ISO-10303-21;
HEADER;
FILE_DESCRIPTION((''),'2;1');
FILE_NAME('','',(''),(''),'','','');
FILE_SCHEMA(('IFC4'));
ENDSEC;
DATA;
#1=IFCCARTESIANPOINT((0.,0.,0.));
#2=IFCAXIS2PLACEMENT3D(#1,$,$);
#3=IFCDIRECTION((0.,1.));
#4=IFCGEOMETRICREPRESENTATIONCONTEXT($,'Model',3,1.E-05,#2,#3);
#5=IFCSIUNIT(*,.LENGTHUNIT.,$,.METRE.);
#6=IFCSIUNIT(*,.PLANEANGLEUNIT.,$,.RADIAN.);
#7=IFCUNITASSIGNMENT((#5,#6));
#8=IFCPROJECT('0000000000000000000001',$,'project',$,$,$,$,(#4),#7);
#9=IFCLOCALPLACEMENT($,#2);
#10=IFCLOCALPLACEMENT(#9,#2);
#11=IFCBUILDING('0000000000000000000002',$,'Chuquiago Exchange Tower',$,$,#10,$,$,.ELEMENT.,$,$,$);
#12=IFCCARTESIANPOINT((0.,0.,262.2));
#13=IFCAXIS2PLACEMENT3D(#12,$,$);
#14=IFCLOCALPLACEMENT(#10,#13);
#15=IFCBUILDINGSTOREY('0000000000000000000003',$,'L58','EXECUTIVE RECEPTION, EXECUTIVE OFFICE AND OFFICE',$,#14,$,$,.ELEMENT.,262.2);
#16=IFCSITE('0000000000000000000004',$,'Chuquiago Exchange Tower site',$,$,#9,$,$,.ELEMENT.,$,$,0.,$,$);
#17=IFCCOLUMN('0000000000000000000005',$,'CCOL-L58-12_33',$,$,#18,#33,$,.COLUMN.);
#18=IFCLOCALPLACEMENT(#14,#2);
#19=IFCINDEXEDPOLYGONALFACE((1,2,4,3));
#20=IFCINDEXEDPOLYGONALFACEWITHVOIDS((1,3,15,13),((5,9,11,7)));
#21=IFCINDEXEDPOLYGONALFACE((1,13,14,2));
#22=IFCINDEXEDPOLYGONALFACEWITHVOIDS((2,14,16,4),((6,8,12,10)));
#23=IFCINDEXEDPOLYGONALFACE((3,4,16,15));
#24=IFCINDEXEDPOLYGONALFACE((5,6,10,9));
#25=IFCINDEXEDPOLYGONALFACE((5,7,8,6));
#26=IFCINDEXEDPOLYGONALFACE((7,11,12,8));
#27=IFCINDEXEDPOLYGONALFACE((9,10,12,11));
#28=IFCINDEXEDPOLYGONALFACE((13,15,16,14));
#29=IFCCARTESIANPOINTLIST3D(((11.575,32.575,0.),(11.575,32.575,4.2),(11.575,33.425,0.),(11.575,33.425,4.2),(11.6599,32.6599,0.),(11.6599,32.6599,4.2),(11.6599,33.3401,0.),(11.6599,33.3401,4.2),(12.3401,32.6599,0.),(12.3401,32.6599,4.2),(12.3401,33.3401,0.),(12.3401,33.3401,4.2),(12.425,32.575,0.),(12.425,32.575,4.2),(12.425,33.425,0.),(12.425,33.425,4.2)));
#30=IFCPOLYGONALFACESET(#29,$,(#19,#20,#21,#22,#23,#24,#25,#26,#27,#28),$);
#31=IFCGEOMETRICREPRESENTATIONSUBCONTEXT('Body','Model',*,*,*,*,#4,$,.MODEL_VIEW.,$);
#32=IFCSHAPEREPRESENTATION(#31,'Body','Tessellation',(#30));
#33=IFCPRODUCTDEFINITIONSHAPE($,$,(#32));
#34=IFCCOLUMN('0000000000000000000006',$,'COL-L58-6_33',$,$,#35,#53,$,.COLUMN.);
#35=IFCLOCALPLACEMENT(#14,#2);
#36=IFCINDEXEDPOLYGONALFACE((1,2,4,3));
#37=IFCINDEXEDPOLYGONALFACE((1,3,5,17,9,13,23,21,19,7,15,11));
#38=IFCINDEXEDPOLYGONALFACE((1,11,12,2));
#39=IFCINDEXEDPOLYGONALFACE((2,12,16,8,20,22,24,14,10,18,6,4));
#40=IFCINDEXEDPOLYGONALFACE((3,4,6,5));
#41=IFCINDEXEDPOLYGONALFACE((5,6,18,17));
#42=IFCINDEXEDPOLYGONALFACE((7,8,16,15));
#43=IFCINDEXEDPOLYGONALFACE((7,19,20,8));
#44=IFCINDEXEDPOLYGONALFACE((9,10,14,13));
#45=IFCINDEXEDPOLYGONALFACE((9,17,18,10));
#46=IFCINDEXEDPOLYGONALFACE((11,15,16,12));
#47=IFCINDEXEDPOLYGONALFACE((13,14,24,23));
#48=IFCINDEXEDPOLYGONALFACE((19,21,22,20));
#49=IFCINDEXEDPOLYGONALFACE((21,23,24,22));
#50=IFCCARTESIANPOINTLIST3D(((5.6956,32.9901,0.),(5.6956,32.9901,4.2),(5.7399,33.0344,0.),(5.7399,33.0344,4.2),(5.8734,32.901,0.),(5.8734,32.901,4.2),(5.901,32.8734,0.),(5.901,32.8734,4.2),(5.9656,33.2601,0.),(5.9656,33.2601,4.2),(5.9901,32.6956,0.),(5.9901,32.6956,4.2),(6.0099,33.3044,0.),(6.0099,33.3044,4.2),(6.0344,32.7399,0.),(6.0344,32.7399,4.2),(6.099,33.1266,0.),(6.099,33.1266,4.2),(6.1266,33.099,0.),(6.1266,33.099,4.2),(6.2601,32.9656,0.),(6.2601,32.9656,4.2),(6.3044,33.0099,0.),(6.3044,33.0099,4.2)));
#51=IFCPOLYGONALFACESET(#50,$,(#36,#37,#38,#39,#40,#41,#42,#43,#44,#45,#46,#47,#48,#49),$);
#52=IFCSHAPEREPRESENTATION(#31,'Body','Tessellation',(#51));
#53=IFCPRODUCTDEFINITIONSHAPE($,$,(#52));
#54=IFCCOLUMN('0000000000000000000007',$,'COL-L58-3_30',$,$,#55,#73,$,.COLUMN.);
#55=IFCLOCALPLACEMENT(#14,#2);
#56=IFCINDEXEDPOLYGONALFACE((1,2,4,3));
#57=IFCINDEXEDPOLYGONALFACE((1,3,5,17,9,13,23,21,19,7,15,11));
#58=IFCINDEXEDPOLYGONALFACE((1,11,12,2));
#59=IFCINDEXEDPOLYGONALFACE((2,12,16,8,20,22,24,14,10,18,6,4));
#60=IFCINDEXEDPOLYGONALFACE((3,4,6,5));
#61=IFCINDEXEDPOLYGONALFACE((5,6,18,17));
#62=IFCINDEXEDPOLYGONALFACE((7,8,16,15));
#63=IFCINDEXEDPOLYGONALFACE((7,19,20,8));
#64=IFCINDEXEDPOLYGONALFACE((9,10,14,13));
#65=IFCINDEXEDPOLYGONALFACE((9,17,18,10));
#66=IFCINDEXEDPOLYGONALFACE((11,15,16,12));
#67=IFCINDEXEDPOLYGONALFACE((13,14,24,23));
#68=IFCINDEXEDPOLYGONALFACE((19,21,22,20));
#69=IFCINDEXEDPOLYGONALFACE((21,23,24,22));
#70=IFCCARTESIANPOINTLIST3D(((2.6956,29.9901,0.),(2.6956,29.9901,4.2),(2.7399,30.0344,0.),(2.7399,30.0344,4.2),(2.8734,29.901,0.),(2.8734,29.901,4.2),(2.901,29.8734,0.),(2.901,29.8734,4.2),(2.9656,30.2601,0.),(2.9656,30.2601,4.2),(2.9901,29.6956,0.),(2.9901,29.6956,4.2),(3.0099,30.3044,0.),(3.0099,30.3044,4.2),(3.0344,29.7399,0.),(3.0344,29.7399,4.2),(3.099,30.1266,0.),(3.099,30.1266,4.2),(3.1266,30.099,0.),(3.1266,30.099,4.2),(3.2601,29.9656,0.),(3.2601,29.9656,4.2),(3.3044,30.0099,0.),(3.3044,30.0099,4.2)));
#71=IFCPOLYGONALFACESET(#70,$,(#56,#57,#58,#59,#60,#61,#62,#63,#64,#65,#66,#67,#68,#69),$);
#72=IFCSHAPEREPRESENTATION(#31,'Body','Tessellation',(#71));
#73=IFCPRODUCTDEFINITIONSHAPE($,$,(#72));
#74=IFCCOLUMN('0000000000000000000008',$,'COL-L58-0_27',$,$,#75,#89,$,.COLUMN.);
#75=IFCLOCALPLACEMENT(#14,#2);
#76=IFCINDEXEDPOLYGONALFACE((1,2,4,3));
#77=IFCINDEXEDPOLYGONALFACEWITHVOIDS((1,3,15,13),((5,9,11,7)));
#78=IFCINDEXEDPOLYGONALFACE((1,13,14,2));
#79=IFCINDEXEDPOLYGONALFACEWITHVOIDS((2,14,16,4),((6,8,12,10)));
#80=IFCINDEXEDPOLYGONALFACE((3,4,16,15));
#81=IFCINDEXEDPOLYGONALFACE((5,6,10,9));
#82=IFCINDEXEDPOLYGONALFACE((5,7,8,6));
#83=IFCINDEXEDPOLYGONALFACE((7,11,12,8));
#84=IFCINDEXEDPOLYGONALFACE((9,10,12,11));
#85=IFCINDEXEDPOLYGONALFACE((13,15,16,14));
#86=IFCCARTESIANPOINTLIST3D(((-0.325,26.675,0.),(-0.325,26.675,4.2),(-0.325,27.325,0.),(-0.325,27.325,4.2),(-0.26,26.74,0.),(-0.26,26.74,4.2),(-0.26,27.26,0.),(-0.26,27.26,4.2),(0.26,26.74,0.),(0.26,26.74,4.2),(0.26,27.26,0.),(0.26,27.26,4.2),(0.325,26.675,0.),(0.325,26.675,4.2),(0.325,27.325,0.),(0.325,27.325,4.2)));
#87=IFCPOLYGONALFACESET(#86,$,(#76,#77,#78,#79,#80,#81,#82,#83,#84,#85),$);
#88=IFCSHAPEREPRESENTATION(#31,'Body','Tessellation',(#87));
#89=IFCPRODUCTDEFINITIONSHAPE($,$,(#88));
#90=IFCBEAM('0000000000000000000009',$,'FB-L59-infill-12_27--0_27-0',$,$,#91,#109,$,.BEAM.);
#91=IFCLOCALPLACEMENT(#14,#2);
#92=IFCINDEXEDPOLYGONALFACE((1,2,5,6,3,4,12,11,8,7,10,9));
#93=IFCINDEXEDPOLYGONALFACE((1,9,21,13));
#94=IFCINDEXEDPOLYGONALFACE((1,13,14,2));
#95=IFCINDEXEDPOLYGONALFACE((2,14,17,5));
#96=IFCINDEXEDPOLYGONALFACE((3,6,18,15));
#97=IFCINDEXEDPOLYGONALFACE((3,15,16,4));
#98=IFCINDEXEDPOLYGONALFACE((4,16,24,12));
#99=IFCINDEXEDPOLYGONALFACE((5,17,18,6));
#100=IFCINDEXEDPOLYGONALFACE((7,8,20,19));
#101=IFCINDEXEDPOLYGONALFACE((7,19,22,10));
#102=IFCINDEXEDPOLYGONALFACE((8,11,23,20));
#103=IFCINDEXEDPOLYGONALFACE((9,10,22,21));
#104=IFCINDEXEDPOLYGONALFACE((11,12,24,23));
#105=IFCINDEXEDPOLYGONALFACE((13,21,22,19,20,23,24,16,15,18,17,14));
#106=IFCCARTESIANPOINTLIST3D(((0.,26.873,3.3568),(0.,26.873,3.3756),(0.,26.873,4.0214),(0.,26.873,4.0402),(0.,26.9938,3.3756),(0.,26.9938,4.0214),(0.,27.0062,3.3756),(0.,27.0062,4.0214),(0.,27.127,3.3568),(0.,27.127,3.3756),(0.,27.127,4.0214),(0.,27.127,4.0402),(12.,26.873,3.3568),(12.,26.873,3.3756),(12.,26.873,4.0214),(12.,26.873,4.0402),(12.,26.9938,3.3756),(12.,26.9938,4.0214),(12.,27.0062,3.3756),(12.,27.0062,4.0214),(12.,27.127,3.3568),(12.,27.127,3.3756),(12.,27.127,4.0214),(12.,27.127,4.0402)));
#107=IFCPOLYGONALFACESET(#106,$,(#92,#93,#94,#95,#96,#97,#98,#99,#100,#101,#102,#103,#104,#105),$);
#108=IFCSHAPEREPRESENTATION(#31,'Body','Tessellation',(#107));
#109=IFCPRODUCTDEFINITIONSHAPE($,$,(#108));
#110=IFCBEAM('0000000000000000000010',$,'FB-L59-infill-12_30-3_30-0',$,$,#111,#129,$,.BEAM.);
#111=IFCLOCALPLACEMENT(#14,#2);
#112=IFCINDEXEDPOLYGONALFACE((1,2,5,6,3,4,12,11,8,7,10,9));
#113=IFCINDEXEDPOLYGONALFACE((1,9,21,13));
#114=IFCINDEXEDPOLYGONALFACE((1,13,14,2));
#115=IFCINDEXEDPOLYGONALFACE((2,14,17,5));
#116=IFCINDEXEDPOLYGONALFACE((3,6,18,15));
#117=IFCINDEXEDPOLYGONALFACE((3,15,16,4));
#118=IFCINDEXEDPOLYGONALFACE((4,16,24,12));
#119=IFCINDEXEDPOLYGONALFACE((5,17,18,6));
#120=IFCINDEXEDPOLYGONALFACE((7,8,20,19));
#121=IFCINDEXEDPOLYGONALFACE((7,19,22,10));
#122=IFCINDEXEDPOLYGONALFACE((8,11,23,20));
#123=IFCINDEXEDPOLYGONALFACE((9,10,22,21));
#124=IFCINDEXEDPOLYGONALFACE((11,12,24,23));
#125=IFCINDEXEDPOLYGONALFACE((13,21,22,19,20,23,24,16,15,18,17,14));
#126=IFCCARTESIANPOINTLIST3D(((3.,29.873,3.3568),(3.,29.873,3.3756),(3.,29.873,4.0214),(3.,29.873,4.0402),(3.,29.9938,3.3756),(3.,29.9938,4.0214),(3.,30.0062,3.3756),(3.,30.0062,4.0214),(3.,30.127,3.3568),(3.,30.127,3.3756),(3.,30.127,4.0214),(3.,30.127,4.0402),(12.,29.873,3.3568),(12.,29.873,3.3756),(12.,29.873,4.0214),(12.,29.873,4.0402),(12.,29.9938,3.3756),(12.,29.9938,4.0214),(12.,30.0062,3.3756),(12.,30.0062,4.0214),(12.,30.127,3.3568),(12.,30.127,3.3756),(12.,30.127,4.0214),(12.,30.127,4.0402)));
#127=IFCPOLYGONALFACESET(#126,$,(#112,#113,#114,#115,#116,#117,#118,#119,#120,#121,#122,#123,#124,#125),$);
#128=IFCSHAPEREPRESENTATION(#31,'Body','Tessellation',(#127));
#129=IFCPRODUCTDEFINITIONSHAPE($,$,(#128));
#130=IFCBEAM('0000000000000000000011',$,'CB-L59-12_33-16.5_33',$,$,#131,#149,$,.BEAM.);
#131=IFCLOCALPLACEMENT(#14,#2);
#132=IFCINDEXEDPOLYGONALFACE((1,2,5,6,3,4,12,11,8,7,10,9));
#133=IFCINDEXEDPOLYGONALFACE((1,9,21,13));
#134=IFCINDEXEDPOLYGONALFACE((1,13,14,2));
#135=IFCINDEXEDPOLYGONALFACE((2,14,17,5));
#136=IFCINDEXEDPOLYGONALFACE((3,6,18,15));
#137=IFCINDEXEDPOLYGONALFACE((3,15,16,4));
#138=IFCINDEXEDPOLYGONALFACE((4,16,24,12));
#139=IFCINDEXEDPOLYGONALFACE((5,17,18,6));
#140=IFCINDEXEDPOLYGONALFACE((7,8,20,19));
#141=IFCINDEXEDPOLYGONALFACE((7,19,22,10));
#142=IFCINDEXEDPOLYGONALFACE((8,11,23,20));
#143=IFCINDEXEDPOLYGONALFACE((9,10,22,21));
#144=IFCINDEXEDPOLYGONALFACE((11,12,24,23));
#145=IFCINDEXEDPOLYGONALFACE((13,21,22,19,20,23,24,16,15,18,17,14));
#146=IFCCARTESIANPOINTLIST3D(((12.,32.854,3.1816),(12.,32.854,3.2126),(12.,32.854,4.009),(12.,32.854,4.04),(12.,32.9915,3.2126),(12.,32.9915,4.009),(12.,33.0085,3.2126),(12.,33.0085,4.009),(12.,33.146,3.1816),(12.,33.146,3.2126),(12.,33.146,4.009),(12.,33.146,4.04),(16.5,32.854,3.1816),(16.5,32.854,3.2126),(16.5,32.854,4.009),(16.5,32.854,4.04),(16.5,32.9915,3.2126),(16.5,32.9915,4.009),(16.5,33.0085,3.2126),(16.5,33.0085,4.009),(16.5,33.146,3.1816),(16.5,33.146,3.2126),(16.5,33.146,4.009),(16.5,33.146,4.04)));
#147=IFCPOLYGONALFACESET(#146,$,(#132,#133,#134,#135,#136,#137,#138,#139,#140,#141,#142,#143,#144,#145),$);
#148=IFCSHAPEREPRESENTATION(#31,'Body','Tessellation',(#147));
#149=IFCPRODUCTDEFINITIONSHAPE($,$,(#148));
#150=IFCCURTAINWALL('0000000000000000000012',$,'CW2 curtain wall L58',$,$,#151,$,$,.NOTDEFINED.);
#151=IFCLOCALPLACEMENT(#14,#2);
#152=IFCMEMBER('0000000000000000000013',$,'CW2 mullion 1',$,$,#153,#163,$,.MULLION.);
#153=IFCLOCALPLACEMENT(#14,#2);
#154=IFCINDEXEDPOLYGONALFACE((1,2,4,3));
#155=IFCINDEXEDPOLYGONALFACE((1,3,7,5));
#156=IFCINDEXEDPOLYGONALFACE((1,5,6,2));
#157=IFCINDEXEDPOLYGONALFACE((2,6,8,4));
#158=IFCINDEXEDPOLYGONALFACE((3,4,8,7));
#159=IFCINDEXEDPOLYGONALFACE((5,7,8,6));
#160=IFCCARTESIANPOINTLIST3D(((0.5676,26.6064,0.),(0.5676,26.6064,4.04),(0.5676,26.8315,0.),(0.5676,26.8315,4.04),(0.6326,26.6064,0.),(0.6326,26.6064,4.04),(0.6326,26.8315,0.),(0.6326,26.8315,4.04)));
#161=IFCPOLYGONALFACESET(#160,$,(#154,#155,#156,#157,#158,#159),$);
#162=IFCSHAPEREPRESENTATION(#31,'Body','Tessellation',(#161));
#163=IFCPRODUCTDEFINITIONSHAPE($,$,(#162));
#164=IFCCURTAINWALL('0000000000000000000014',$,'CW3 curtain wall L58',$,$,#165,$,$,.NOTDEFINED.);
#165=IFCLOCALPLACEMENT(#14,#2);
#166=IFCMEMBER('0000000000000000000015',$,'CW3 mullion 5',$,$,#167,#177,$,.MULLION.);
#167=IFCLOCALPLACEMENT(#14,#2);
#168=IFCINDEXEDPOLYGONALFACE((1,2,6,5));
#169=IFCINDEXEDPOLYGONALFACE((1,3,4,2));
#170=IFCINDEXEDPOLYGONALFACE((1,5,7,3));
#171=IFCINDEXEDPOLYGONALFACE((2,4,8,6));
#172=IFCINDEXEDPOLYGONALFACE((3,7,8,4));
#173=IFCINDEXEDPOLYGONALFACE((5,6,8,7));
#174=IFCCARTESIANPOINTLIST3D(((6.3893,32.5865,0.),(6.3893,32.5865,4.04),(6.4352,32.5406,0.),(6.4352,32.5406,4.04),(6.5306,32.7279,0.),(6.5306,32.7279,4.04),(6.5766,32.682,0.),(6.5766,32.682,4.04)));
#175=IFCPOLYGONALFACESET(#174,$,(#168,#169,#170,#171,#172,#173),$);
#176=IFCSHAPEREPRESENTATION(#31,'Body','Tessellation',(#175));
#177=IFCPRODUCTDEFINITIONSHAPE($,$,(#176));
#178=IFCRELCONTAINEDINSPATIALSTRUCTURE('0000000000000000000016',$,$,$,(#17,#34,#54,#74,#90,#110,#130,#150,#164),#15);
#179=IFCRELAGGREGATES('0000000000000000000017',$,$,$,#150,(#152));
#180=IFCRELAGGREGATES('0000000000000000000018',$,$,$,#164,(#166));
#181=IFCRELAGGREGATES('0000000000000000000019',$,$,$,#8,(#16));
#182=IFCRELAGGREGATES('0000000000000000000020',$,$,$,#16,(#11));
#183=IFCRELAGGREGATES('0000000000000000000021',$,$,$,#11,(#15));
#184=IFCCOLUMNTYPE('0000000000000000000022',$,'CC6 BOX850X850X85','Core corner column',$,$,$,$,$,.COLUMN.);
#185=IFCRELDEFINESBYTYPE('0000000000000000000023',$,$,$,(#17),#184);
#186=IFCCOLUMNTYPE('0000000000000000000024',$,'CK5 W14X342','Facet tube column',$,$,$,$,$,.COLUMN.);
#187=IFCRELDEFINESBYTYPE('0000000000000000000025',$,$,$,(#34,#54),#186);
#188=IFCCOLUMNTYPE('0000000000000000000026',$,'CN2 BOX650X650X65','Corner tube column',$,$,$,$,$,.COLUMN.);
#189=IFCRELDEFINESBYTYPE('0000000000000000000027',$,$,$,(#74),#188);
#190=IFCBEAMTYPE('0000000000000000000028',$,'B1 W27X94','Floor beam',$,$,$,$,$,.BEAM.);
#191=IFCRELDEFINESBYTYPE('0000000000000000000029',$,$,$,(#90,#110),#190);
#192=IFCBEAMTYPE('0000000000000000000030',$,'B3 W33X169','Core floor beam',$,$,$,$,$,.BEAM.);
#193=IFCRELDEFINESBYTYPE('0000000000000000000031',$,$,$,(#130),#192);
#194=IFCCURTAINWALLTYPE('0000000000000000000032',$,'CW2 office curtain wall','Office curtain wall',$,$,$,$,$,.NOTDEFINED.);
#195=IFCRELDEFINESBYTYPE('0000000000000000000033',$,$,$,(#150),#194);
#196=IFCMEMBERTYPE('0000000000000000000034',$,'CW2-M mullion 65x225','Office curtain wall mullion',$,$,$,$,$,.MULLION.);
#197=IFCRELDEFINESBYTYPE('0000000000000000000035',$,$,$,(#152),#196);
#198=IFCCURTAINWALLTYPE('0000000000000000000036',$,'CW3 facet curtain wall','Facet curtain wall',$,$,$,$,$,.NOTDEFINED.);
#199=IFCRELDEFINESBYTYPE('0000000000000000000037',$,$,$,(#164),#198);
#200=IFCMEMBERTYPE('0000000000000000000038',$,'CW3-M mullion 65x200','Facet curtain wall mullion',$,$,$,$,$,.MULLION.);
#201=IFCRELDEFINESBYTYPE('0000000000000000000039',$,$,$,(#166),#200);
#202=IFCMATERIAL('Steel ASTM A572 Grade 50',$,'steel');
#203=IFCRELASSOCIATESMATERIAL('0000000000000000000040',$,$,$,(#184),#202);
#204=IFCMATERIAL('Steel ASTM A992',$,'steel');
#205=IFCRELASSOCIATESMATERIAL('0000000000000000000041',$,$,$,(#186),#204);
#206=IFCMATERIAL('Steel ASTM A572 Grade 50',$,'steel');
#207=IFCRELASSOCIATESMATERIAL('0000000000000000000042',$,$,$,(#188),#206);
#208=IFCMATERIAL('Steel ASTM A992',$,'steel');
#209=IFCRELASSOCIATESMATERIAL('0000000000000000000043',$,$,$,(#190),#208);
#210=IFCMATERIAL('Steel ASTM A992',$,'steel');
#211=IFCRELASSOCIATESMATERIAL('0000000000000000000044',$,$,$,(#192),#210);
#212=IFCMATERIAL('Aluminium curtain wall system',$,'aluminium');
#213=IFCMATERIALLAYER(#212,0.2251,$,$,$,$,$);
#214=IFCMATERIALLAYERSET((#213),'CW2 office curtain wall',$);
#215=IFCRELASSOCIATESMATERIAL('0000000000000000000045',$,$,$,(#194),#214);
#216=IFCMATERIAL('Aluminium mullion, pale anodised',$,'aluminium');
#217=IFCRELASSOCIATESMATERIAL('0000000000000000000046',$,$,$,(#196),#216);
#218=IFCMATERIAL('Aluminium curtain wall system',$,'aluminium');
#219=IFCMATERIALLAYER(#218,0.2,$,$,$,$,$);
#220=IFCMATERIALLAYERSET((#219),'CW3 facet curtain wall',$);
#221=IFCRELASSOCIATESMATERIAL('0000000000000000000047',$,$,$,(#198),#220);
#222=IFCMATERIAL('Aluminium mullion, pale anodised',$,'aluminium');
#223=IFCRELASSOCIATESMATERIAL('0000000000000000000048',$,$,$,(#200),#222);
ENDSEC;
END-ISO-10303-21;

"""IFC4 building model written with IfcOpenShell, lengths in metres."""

from ifc_helpers import new_model, si_unit, direction, frame, origin, origin_2d, place, context, subcontext, project, spatial, rectangle, hollow_rectangle, i_section, extrude, material, layer, layer_set, material_profile, profile_set, type_object, element, aggregate, save


model = new_model("IFC4")

# Units and contexts
model_context = context("Model", 3, precision=1e-05, world=origin(), true_north=direction((0.0, 1.0)))
body_context = subcontext(model_context, "Body", "Model", "MODEL_VIEW")
ifc_project = project(units=[si_unit("LENGTHUNIT", "METRE"), si_unit("PLANEANGLEUNIT", "RADIAN")], contexts=[model_context])

# Site, building, storey
site_placement = place(None, origin())
site = spatial("IfcSite", under=ifc_project, at=site_placement, Name="Chuquiago Exchange Tower site", CompositionType="ELEMENT", RefElevation=0.0)
building_placement = place(site_placement, origin())
building = spatial("IfcBuilding", under=site, at=building_placement, Name="Chuquiago Exchange Tower", CompositionType="ELEMENT")
storey_placement = place(building_placement, frame((0.0, 0.0, 262.2)))
storey = spatial("IfcBuildingStorey", under=building, at=storey_placement, Name="L58", Description="EXECUTIVE RECEPTION, EXECUTIVE OFFICE AND OFFICE", CompositionType="ELEMENT", Elevation=262.2)

# Columns
ifc_material_1 = material(Name="Steel ASTM A572 Grade 50", Category="steel")
ifc_material_profile_1 = material_profile(ifc_material_1, hollow_rectangle(XDim=0.8501, YDim=0.8501, WallThickness=0.085, at=origin_2d()), Name="BOX850X850X85")
ifc_profile_set_1 = profile_set([ifc_material_profile_1], Name="Steel ASTM A572 Grade 50")
column_type_1 = type_object("IfcColumnType", Name="CC6 BOX850X850X85", Description="Core corner column", PredefinedType="COLUMN", material=ifc_profile_set_1)
column_1_placement = place(storey_placement, frame((12.0, 33.0, 0.0), z_axis=(0.0, 0.0, 1.0), x_axis=(1.0, 0.0, 0.0)))
element("IfcColumn", 1, at=column_1_placement, inside=storey, type_object=column_type_1, Name="CCOL-L58-12_33", PredefinedType="COLUMN", context=body_context, shape_type="SweptSolid", body=[
    extrude(hollow_rectangle(XDim=0.8501, YDim=0.8501, WallThickness=0.085, at=origin_2d()), origin(), (0.0, 0.0, 1.0), 4.2),
])
ifc_material_2 = material(Name="Steel ASTM A992", Category="steel")
ifc_material_profile_2 = material_profile(ifc_material_2, i_section(OverallWidth=0.4165, OverallDepth=0.4446, WebThickness=0.0391, FlangeThickness=0.0627, at=origin_2d()), Name="W14X342")
ifc_profile_set_2 = profile_set([ifc_material_profile_2], Name="Steel ASTM A992")
column_type_2 = type_object("IfcColumnType", Name="CK5 W14X342", Description="Facet tube column", PredefinedType="COLUMN", material=ifc_profile_set_2)
for number, where, z_axis, x_axis, name in (
    (2, (6.0, 33.0, 0.0), (0.0, 0.0, 1.0), (-0.707107, 0.707107, 0.0), "COL-L58-6_33"),
    (3, (3.0, 30.0, 0.0), (0.0, 0.0, 1.0), (-0.707107, 0.707107, 0.0), "COL-L58-3_30"),
):
    element("IfcColumn", number, at=place(storey_placement, frame(where, z_axis=z_axis, x_axis=x_axis)), inside=storey, type_object=column_type_2, Name=name, PredefinedType="COLUMN", context=body_context, shape_type="SweptSolid", body=[
        extrude(i_section(OverallWidth=0.4165, OverallDepth=0.4446, WebThickness=0.0391, FlangeThickness=0.0627, at=origin_2d()), origin(), (0.0, 0.0, 1.0), 4.2),
    ])
ifc_material_3 = material(Name="Steel ASTM A572 Grade 50", Category="steel")
ifc_material_profile_3 = material_profile(ifc_material_3, hollow_rectangle(XDim=0.6499, YDim=0.6499, WallThickness=0.0649, at=origin_2d()), Name="BOX650X650X65")
ifc_profile_set_3 = profile_set([ifc_material_profile_3], Name="Steel ASTM A572 Grade 50")
column_type_3 = type_object("IfcColumnType", Name="CN2 BOX650X650X65", Description="Corner tube column", PredefinedType="COLUMN", material=ifc_profile_set_3)
column_2_placement = place(storey_placement, frame((0.0, 27.0, 0.0), z_axis=(0.0, 0.0, 1.0), x_axis=(-1.0, 0.0, 0.0)))
element("IfcColumn", 4, at=column_2_placement, inside=storey, type_object=column_type_3, Name="COL-L58-0_27", PredefinedType="COLUMN", context=body_context, shape_type="SweptSolid", body=[
    extrude(hollow_rectangle(XDim=0.6499, YDim=0.6499, WallThickness=0.0649, at=origin_2d()), origin(), (0.0, 0.0, 1.0), 4.2),
])

# Beams
ifc_material_4 = material(Name="Steel ASTM A992", Category="steel")
ifc_material_profile_4 = material_profile(ifc_material_4, i_section(OverallWidth=0.2539, OverallDepth=0.6833, WebThickness=0.0125, FlangeThickness=0.0188, at=origin_2d()), Name="W27X94")
ifc_profile_set_4 = profile_set([ifc_material_profile_4], Name="Steel ASTM A992")
beam_type_1 = type_object("IfcBeamType", Name="B1 W27X94", Description="Floor beam", PredefinedType="BEAM", material=ifc_profile_set_4)
beam_1_placement = place(storey_placement, frame((12.0, 27.0, 3.6985), z_axis=(-1.0, 0.0, 0.0), x_axis=(0.0, -1.0, 0.0)))
element("IfcBeam", 5, at=beam_1_placement, inside=storey, type_object=beam_type_1, Name="FB-L59-infill-12_27--0_27-0", PredefinedType="BEAM", context=body_context, shape_type="SweptSolid", body=[
    extrude(i_section(OverallWidth=0.2539, OverallDepth=0.6833, WebThickness=0.0125, FlangeThickness=0.0188, at=origin_2d()), origin(), (0.0, 0.0, 1.0), 12.0),
])
beam_2_placement = place(storey_placement, frame((12.0, 30.0, 3.6985), z_axis=(-1.0, 0.0, 0.0), x_axis=(0.0, -1.0, 0.0)))
element("IfcBeam", 6, at=beam_2_placement, inside=storey, type_object=beam_type_1, Name="FB-L59-infill-12_30-3_30-0", PredefinedType="BEAM", context=body_context, shape_type="SweptSolid", body=[
    extrude(i_section(OverallWidth=0.2539, OverallDepth=0.6833, WebThickness=0.0125, FlangeThickness=0.0188, at=origin_2d()), origin(), (0.0, 0.0, 1.0), 9.0),
])
ifc_material_5 = material(Name="Steel ASTM A992", Category="steel")
ifc_material_profile_5 = material_profile(ifc_material_5, i_section(OverallWidth=0.292, OverallDepth=0.8584, WebThickness=0.0171, FlangeThickness=0.031, at=origin_2d()), Name="W33X169")
ifc_profile_set_5 = profile_set([ifc_material_profile_5], Name="Steel ASTM A992")
beam_type_2 = type_object("IfcBeamType", Name="B3 W33X169", Description="Core floor beam", PredefinedType="BEAM", material=ifc_profile_set_5)
beam_3_placement = place(storey_placement, frame((12.0, 33.0, 3.6108), z_axis=(1.0, 0.0, 0.0), x_axis=(0.0, 1.0, 0.0)))
element("IfcBeam", 7, at=beam_3_placement, inside=storey, type_object=beam_type_2, Name="CB-L59-12_33-16.5_33", PredefinedType="BEAM", context=body_context, shape_type="SweptSolid", body=[
    extrude(i_section(OverallWidth=0.292, OverallDepth=0.8584, WebThickness=0.0171, FlangeThickness=0.031, at=origin_2d()), origin(), (0.0, 0.0, 1.0), 4.5),
])

# Curtain wall, member
ifc_material_6 = material(Name="Aluminium curtain wall system", Category="aluminium")
ifc_layer_1 = layer(ifc_material_6, 0.2251)
ifc_layer_set_1 = layer_set([ifc_layer_1], Name="CW2 office curtain wall")
curtain_wall_type_1 = type_object("IfcCurtainWallType", Name="CW2 office curtain wall", Description="Office curtain wall", PredefinedType="NOTDEFINED", material=ifc_layer_set_1)
curtain_wall_1_placement = place(storey_placement, origin())
curtain_wall_1 = element("IfcCurtainWall", 8, at=curtain_wall_1_placement, inside=storey, type_object=curtain_wall_type_1, Name="CW2 curtain wall L58", PredefinedType="NOTDEFINED")
ifc_material_7 = material(Name="Aluminium mullion, pale anodised", Category="aluminium")
ifc_material_profile_6 = material_profile(ifc_material_7, rectangle(XDim=0.0649, YDim=0.2251, at=origin_2d()), Name="AL 65x225")
ifc_profile_set_6 = profile_set([ifc_material_profile_6], Name="Aluminium mullion, pale anodised")
member_type_1 = type_object("IfcMemberType", Name="CW2-M mullion 65x225", Description="Office curtain wall mullion", PredefinedType="MULLION", material=ifc_profile_set_6)
member_1_placement = place(storey_placement, frame((0.6001, 26.719, 0.0), z_axis=(0.0, 0.0, 1.0), x_axis=(1.0, 0.0, 0.0)))
member_1 = element("IfcMember", 9, at=member_1_placement, type_object=member_type_1, Name="CW2 mullion 1", PredefinedType="MULLION", context=body_context, shape_type="SweptSolid", body=[
    extrude(rectangle(XDim=0.0649, YDim=0.2251, at=origin_2d()), origin(), (0.0, 0.0, 1.0), 4.04),
])
aggregate(curtain_wall_1, [member_1])

# Curtain wall, member
ifc_material_8 = material(Name="Aluminium curtain wall system", Category="aluminium")
ifc_layer_2 = layer(ifc_material_8, 0.2)
ifc_layer_set_2 = layer_set([ifc_layer_2], Name="CW3 facet curtain wall")
curtain_wall_type_2 = type_object("IfcCurtainWallType", Name="CW3 facet curtain wall", Description="Facet curtain wall", PredefinedType="NOTDEFINED", material=ifc_layer_set_2)
curtain_wall_2_placement = place(storey_placement, origin())
curtain_wall_2 = element("IfcCurtainWall", 10, at=curtain_wall_2_placement, inside=storey, type_object=curtain_wall_type_2, Name="CW3 curtain wall L58", PredefinedType="NOTDEFINED")
ifc_material_9 = material(Name="Aluminium mullion, pale anodised", Category="aluminium")
ifc_material_profile_7 = material_profile(ifc_material_9, rectangle(XDim=0.0649, YDim=0.2, at=origin_2d()), Name="AL 65x200")
ifc_profile_set_7 = profile_set([ifc_material_profile_7], Name="Aluminium mullion, pale anodised")
member_type_2 = type_object("IfcMemberType", Name="CW3-M mullion 65x200", Description="Facet curtain wall mullion", PredefinedType="MULLION", material=ifc_profile_set_7)
member_2_placement = place(storey_placement, frame((6.4829, 32.6343, 0.0), z_axis=(0.0, 0.0, 1.0), x_axis=(0.707107, -0.707107, 0.0)))
member_2 = element("IfcMember", 11, at=member_2_placement, type_object=member_type_2, Name="CW3 mullion 5", PredefinedType="MULLION", context=body_context, shape_type="SweptSolid", body=[
    extrude(rectangle(XDim=0.0649, YDim=0.2, at=origin_2d()), origin(), (0.0, 0.0, 1.0), 4.04),
])

aggregate(curtain_wall_2, [member_2])

save(model, "model.ifc")
